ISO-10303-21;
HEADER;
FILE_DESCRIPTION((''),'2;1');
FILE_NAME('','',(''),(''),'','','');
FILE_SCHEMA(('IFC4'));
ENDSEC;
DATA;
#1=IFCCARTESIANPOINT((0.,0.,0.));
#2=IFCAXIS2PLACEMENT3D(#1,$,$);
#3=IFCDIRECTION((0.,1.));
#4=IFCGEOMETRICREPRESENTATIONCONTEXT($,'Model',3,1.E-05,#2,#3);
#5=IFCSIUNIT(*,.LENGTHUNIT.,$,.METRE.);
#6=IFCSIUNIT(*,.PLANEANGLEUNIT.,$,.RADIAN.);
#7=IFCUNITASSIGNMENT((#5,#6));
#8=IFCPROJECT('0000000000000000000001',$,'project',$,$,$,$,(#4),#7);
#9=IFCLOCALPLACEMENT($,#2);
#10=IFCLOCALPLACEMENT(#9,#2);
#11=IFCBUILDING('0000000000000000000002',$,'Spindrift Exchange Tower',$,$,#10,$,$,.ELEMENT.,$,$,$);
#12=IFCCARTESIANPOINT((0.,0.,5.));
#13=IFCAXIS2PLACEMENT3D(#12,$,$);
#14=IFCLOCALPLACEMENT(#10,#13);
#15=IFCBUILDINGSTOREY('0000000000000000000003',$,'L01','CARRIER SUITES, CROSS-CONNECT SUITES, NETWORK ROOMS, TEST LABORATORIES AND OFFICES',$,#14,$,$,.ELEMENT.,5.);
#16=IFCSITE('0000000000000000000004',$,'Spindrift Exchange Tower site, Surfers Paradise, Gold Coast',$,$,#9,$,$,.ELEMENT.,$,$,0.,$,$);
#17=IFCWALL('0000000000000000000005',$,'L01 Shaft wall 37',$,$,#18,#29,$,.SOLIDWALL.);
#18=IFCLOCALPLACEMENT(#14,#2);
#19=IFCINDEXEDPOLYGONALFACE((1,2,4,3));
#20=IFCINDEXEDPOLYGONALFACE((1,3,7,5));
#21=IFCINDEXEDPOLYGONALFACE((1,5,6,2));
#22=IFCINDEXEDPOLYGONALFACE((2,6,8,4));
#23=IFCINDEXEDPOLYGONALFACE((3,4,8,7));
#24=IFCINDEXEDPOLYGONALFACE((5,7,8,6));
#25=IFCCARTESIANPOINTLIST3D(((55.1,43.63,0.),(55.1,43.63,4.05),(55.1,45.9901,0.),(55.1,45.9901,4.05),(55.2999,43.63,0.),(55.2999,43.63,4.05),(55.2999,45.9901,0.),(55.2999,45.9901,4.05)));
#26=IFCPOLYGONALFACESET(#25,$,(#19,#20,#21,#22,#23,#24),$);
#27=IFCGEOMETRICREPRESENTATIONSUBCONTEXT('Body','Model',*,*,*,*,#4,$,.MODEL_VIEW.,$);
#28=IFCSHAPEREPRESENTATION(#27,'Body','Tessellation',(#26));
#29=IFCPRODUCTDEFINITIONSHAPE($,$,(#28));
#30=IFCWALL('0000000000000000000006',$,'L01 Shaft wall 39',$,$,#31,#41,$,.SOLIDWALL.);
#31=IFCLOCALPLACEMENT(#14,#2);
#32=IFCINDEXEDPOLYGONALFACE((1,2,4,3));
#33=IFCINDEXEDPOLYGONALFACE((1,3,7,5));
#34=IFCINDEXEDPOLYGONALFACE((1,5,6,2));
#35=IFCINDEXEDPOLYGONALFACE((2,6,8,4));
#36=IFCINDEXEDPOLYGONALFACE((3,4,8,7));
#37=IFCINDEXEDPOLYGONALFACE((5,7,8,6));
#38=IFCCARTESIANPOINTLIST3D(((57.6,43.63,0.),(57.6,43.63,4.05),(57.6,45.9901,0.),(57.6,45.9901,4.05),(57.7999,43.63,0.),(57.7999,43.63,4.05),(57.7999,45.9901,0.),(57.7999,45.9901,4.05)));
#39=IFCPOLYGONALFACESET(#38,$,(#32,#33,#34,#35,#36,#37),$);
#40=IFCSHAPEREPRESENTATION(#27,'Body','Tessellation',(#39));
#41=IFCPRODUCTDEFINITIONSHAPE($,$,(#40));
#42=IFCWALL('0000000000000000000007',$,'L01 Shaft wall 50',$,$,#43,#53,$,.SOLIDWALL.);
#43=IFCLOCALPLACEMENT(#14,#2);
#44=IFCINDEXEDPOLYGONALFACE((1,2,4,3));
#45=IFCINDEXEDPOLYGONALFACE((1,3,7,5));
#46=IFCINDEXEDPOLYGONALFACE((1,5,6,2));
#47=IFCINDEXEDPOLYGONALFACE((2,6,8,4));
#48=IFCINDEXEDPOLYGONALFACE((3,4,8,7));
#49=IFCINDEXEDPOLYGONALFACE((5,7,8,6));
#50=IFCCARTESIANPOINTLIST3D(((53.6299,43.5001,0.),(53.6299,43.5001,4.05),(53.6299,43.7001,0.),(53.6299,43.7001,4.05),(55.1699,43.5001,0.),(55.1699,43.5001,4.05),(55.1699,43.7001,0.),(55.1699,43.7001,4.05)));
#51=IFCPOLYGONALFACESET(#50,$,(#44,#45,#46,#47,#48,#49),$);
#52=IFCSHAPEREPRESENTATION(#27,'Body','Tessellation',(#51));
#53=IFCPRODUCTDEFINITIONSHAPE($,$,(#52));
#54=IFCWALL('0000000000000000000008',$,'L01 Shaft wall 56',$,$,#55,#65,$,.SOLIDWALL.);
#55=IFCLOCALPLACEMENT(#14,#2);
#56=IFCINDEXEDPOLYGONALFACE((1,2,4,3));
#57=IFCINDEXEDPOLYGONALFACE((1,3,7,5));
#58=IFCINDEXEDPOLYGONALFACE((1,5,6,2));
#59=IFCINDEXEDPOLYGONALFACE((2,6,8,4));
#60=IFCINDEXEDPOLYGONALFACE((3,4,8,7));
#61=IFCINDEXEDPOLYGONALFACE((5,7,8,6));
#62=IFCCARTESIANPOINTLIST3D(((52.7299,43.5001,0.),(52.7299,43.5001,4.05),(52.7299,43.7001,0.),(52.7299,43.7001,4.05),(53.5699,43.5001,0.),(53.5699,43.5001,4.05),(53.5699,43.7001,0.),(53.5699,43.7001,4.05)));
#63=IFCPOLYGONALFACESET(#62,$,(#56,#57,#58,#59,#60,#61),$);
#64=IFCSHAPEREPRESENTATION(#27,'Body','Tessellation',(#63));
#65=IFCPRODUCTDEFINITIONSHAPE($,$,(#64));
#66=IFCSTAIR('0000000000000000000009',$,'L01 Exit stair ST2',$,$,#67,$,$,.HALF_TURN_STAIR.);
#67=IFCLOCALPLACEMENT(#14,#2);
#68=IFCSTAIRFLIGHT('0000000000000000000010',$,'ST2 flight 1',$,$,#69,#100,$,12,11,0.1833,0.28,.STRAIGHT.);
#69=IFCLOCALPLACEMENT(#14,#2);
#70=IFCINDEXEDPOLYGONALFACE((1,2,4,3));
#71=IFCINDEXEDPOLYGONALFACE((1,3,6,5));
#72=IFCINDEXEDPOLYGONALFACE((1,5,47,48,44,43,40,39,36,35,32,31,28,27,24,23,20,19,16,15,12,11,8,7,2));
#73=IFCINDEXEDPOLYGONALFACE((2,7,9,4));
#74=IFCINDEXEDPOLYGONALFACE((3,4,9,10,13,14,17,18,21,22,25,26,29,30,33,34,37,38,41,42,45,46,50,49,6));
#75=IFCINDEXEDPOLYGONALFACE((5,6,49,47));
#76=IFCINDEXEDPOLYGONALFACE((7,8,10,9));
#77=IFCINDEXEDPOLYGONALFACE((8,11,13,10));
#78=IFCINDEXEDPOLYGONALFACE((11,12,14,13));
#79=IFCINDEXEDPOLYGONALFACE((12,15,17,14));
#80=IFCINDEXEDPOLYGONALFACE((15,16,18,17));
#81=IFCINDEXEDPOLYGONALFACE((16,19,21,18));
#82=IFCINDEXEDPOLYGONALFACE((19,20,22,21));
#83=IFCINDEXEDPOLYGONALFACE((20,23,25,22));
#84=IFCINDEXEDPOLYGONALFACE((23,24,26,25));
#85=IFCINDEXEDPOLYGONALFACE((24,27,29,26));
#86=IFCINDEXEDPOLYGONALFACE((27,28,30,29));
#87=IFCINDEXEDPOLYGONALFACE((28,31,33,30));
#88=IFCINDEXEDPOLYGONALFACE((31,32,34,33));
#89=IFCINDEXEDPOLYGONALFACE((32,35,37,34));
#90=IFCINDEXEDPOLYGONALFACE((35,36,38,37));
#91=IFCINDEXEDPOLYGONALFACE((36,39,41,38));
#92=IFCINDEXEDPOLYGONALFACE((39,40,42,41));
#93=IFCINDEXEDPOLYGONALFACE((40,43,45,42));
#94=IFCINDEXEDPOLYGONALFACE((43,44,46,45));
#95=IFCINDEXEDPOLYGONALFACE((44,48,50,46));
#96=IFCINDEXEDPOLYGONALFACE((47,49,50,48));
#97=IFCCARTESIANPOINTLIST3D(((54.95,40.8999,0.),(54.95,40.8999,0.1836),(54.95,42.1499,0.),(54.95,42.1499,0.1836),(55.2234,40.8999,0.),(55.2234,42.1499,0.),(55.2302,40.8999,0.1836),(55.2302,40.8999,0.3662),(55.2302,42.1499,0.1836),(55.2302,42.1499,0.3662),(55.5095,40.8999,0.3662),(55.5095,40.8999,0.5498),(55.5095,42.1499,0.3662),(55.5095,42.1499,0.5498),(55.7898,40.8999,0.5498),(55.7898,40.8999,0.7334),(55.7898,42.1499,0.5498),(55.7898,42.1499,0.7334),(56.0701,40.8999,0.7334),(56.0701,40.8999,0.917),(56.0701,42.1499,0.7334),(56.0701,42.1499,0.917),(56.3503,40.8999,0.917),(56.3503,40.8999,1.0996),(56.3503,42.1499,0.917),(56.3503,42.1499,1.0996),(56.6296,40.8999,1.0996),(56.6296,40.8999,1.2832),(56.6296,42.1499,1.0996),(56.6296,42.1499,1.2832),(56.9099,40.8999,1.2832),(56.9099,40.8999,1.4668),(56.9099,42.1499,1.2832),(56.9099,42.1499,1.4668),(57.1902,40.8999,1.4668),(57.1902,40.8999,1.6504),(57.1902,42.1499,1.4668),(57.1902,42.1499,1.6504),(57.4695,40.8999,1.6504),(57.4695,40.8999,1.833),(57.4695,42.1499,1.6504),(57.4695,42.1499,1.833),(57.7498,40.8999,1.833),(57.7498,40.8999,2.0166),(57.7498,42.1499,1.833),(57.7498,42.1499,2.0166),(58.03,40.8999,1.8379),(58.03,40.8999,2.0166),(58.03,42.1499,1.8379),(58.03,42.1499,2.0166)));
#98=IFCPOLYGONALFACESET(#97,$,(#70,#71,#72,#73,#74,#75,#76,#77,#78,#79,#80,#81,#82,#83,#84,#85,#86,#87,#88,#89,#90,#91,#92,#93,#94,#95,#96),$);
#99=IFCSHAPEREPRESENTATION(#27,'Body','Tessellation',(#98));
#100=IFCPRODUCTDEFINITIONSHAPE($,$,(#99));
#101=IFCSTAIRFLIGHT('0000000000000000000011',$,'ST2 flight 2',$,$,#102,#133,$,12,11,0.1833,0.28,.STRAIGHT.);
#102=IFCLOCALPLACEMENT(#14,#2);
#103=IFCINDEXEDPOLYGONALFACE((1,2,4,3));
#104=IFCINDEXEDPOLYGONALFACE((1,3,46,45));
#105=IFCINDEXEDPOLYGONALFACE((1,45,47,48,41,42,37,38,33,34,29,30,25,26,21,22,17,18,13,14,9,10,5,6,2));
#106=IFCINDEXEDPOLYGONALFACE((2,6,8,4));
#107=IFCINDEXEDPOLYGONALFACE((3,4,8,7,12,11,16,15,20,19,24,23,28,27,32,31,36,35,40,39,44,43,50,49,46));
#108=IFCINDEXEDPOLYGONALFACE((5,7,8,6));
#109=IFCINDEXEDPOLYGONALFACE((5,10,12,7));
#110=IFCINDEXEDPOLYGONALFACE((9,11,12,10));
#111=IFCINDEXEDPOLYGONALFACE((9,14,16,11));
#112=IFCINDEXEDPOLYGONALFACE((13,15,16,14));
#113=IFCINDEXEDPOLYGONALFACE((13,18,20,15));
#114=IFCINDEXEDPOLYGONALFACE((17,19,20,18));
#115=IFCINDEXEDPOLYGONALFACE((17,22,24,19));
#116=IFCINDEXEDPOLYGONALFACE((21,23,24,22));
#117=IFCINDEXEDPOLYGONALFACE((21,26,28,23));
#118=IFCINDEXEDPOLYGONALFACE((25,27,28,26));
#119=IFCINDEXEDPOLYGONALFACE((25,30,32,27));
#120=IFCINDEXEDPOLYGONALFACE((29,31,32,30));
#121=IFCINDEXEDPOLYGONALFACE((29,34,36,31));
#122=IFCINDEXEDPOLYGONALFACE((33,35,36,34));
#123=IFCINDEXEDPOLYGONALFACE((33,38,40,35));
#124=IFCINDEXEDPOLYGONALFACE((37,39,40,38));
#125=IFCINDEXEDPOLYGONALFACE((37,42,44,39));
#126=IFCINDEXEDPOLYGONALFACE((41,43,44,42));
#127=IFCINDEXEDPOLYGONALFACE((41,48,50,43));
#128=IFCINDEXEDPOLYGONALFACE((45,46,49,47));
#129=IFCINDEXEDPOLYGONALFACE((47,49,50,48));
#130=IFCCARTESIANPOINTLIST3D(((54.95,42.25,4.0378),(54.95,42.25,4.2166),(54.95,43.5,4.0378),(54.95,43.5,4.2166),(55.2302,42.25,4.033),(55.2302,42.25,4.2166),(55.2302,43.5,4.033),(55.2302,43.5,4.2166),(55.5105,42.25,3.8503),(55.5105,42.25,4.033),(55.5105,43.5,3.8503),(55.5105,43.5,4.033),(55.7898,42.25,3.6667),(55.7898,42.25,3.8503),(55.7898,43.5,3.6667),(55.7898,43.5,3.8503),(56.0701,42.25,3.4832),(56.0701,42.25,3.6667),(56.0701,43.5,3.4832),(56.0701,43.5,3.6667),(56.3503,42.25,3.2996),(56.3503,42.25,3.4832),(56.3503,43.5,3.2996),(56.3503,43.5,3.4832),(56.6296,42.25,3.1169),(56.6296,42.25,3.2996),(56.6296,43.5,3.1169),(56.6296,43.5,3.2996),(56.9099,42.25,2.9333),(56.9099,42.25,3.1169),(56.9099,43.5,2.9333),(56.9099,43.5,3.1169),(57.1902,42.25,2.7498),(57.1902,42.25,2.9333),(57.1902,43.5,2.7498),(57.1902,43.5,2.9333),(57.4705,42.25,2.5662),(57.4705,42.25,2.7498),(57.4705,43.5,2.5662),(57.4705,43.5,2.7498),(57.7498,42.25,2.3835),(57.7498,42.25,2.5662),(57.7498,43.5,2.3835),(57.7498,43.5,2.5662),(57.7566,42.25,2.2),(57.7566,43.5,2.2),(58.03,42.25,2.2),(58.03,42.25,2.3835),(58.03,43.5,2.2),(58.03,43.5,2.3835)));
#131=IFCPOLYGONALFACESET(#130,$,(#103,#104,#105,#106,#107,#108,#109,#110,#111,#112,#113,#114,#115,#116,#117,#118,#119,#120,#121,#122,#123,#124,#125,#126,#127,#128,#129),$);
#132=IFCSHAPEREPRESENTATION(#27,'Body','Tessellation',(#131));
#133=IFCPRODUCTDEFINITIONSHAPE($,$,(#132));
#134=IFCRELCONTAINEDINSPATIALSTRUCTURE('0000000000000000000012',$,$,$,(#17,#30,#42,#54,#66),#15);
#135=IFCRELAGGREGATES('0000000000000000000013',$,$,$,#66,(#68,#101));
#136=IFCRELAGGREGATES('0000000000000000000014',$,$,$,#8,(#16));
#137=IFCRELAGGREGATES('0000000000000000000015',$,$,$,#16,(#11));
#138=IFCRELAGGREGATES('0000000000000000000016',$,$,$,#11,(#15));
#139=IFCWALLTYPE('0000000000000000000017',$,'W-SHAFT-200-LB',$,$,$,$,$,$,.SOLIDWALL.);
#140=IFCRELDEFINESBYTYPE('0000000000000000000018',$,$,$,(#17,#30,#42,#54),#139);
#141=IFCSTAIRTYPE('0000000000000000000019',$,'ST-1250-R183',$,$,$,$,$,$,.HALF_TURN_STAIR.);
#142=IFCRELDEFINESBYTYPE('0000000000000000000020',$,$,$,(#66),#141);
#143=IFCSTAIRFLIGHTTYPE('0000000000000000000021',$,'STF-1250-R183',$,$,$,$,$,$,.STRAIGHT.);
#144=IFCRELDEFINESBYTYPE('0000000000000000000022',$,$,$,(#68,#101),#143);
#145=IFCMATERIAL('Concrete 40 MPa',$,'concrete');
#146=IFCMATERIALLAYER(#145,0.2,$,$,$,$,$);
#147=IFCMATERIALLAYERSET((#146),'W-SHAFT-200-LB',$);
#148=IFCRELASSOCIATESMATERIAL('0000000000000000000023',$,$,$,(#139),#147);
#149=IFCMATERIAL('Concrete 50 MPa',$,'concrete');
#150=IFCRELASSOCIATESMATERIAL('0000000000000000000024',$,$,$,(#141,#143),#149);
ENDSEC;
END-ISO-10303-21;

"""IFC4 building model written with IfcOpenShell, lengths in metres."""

from ifc_helpers import new_model, si_unit, direction, frame, frame_2d, origin, place, context, subcontext, project, spatial, line, indexed_curve, rectangle, outline, extrude, material, layer, layer_set, type_object, element, aggregate, save


model = new_model("IFC4")

# Units and contexts
model_context = context("Model", 3, precision=1e-05, world=origin(), true_north=direction((0.0, 1.0)))
body_context = subcontext(model_context, "Body", "Model", "MODEL_VIEW")
ifc_project = project(units=[si_unit("LENGTHUNIT", "METRE"), si_unit("PLANEANGLEUNIT", "RADIAN")], contexts=[model_context])

# Site, building, storey
site_placement = place(None, origin())
site = spatial("IfcSite", under=ifc_project, at=site_placement, Name="Spindrift Exchange Tower site, Surfers Paradise, Gold Coast", CompositionType="ELEMENT", RefElevation=0.0)
building_placement = place(site_placement, origin())
building = spatial("IfcBuilding", under=site, at=building_placement, Name="Spindrift Exchange Tower", CompositionType="ELEMENT")
storey_placement = place(building_placement, frame((0.0, 0.0, 5.0)))
storey = spatial("IfcBuildingStorey", under=building, at=storey_placement, Name="L01", Description="CARRIER SUITES, CROSS-CONNECT SUITES, NETWORK ROOMS, TEST LABORATORIES AND OFFICES", CompositionType="ELEMENT", Elevation=5.0)

# Shared definitions
ifc_material_1 = material(Name="Concrete 40 MPa", Category="concrete")

# Shared definitions
ifc_layer_1 = layer(ifc_material_1, 0.2)
ifc_layer_set_1 = layer_set([ifc_layer_1], Name="W-SHAFT-200-LB")
wall_type_1 = type_object("IfcWallType", Name="W-SHAFT-200-LB", PredefinedType="SOLIDWALL", material=ifc_layer_set_1)

# Walls
for number, where, z_axis, x_axis, name in (
    (1, (55.2, 43.6299, 0.0), (0.0, 0.0, 1.0), (0.0, 1.0, 0.0), "L01 Shaft wall 37"),
    (2, (57.7, 43.6299, 0.0), (0.0, 0.0, 1.0), (0.0, 1.0, 0.0), "L01 Shaft wall 39"),
):
    element("IfcWall", number, at=place(storey_placement, frame(where, z_axis=z_axis, x_axis=x_axis)), inside=storey, type_object=wall_type_1, Name=name, PredefinedType="SOLIDWALL", context=body_context, shape_type="SweptSolid", body=[
        extrude(rectangle(XDim=2.3601, YDim=0.2, at=frame_2d((1.1802, 0.0))), origin(), (0.0, 0.0, 1.0), 4.05),
    ])
wall_1_placement = place(storey_placement, frame((53.6299, 43.6001, 0.0), z_axis=(0.0, 0.0, 1.0), x_axis=(1.0, 0.0, 0.0)))
element("IfcWall", 3, at=wall_1_placement, inside=storey, type_object=wall_type_1, Name="L01 Shaft wall 50", PredefinedType="SOLIDWALL", context=body_context, shape_type="SweptSolid", body=[
    extrude(rectangle(XDim=1.54, YDim=0.2, at=frame_2d((0.77, 0.0))), origin(), (0.0, 0.0, 1.0), 4.05),
])
wall_2_placement = place(storey_placement, frame((52.73, 43.6001, 0.0), z_axis=(0.0, 0.0, 1.0), x_axis=(1.0, 0.0, 0.0)))
element("IfcWall", 4, at=wall_2_placement, inside=storey, type_object=wall_type_1, Name="L01 Shaft wall 56", PredefinedType="SOLIDWALL", context=body_context, shape_type="SweptSolid", body=[
    extrude(rectangle(XDim=0.8401, YDim=0.2, at=frame_2d((0.4199, 0.0))), origin(), (0.0, 0.0, 1.0), 4.05),
])

# Stair, stair flights
ifc_material_2 = material(Name="Concrete 50 MPa", Category="concrete")
stair_type = type_object("IfcStairType", Name="ST-1250-R183", PredefinedType="HALF_TURN_STAIR", material=ifc_material_2)
stair_placement = place(storey_placement, origin())
stair = element("IfcStair", 5, at=stair_placement, inside=storey, type_object=stair_type, Name="L01 Exit stair ST2", PredefinedType="HALF_TURN_STAIR")
stair_flight_type = type_object("IfcStairFlightType", Name="STF-1250-R183", PredefinedType="STRAIGHT", material=ifc_material_2)
stair_flight_1_placement = place(storey_placement, frame((54.95, 41.5249, 0.0), z_axis=(0.0, 0.0, 1.0), x_axis=(1.0, 0.0, 0.0)))
stair_flight_1 = element("IfcStairFlight", 6, at=stair_flight_1_placement, type_object=stair_flight_type, Name="ST2 flight 1", NumberOfRisers=12, NumberOfTreads=11, PredefinedType="STRAIGHT", RiserHeight=0.1833, TreadLength=0.28, context=body_context, shape_type="SweptSolid", body=[
    extrude(outline(indexed_curve([(0.0, 0.0), (0.0, 0.1836), (0.2803, 0.1836), (0.2803, 0.3662), (0.5596, 0.3662), (0.5596, 0.5498), (0.8398, 0.5498), (0.8398, 0.7334), (1.1201, 0.7334), (1.1201, 0.917), (1.4004, 0.917), (1.4004, 1.0996), (1.6797, 1.0996), (1.6797, 1.2832), (1.96, 1.2832), (1.96, 1.4668), (2.2402, 1.4668), (2.2402, 1.6504), (2.5195, 1.6504), (2.5195, 1.833), (2.7998, 1.833), (2.7998, 2.0166), (3.0801, 2.0166), (3.0801, 2.2002), (3.0801, 1.8379), (0.2734, 0.0)], segments=[line(1, 2, 3, 4, 5, 6, 7, 8, 9, 10, 11, 12, 13, 14, 15, 16, 17, 18, 19, 20, 21, 22, 23, 24, 25, 26, 1)], self_intersect=False)), frame((0.0, 0.625, 0.0), z_axis=(0.0, -1.0, 0.0), x_axis=(1.0, 0.0, 0.0)), (0.0, 0.0, 1.0), 1.25),
])
stair_flight_2_placement = place(storey_placement, frame((58.03, 42.875, 2.2), z_axis=(0.0, 0.0, 1.0), x_axis=(-1.0, 0.0, 0.0)))
stair_flight_2 = element("IfcStairFlight", 7, at=stair_flight_2_placement, type_object=stair_flight_type, Name="ST2 flight 2", NumberOfRisers=12, NumberOfTreads=11, PredefinedType="STRAIGHT", RiserHeight=0.1833, TreadLength=0.28, context=body_context, shape_type="SweptSolid", body=[
    extrude(outline(indexed_curve([(0.0, 0.0), (0.0, 0.1836), (0.2803, 0.1836), (0.2803, 0.3662), (0.5596, 0.3662), (0.5596, 0.5498), (0.8398, 0.5498), (0.8398, 0.7334), (1.1201, 0.7334), (1.1201, 0.917), (1.4004, 0.917), (1.4004, 1.0996), (1.6797, 1.0996), (1.6797, 1.2832), (1.96, 1.2832), (1.96, 1.4668), (2.2402, 1.4668), (2.2402, 1.6504), (2.5195, 1.6504), (2.5195, 1.833), (2.7998, 1.833), (2.7998, 2.0166), (3.0801, 2.0166), (3.0801, 2.2002), (3.0801, 1.8379), (0.2734, 0.0)], segments=[line(1, 2, 3, 4, 5, 6, 7, 8, 9, 10, 11, 12, 13, 14, 15, 16, 17, 18, 19, 20, 21, 22, 23, 24, 25, 26, 1)], self_intersect=False)), frame((0.0, 0.625, 0.0), z_axis=(0.0, -1.0, 0.0), x_axis=(1.0, 0.0, 0.0)), (0.0, 0.0, 1.0), 1.25),
])
aggregate(stair, [stair_flight_1, stair_flight_2])

save(model, "model.ifc")
